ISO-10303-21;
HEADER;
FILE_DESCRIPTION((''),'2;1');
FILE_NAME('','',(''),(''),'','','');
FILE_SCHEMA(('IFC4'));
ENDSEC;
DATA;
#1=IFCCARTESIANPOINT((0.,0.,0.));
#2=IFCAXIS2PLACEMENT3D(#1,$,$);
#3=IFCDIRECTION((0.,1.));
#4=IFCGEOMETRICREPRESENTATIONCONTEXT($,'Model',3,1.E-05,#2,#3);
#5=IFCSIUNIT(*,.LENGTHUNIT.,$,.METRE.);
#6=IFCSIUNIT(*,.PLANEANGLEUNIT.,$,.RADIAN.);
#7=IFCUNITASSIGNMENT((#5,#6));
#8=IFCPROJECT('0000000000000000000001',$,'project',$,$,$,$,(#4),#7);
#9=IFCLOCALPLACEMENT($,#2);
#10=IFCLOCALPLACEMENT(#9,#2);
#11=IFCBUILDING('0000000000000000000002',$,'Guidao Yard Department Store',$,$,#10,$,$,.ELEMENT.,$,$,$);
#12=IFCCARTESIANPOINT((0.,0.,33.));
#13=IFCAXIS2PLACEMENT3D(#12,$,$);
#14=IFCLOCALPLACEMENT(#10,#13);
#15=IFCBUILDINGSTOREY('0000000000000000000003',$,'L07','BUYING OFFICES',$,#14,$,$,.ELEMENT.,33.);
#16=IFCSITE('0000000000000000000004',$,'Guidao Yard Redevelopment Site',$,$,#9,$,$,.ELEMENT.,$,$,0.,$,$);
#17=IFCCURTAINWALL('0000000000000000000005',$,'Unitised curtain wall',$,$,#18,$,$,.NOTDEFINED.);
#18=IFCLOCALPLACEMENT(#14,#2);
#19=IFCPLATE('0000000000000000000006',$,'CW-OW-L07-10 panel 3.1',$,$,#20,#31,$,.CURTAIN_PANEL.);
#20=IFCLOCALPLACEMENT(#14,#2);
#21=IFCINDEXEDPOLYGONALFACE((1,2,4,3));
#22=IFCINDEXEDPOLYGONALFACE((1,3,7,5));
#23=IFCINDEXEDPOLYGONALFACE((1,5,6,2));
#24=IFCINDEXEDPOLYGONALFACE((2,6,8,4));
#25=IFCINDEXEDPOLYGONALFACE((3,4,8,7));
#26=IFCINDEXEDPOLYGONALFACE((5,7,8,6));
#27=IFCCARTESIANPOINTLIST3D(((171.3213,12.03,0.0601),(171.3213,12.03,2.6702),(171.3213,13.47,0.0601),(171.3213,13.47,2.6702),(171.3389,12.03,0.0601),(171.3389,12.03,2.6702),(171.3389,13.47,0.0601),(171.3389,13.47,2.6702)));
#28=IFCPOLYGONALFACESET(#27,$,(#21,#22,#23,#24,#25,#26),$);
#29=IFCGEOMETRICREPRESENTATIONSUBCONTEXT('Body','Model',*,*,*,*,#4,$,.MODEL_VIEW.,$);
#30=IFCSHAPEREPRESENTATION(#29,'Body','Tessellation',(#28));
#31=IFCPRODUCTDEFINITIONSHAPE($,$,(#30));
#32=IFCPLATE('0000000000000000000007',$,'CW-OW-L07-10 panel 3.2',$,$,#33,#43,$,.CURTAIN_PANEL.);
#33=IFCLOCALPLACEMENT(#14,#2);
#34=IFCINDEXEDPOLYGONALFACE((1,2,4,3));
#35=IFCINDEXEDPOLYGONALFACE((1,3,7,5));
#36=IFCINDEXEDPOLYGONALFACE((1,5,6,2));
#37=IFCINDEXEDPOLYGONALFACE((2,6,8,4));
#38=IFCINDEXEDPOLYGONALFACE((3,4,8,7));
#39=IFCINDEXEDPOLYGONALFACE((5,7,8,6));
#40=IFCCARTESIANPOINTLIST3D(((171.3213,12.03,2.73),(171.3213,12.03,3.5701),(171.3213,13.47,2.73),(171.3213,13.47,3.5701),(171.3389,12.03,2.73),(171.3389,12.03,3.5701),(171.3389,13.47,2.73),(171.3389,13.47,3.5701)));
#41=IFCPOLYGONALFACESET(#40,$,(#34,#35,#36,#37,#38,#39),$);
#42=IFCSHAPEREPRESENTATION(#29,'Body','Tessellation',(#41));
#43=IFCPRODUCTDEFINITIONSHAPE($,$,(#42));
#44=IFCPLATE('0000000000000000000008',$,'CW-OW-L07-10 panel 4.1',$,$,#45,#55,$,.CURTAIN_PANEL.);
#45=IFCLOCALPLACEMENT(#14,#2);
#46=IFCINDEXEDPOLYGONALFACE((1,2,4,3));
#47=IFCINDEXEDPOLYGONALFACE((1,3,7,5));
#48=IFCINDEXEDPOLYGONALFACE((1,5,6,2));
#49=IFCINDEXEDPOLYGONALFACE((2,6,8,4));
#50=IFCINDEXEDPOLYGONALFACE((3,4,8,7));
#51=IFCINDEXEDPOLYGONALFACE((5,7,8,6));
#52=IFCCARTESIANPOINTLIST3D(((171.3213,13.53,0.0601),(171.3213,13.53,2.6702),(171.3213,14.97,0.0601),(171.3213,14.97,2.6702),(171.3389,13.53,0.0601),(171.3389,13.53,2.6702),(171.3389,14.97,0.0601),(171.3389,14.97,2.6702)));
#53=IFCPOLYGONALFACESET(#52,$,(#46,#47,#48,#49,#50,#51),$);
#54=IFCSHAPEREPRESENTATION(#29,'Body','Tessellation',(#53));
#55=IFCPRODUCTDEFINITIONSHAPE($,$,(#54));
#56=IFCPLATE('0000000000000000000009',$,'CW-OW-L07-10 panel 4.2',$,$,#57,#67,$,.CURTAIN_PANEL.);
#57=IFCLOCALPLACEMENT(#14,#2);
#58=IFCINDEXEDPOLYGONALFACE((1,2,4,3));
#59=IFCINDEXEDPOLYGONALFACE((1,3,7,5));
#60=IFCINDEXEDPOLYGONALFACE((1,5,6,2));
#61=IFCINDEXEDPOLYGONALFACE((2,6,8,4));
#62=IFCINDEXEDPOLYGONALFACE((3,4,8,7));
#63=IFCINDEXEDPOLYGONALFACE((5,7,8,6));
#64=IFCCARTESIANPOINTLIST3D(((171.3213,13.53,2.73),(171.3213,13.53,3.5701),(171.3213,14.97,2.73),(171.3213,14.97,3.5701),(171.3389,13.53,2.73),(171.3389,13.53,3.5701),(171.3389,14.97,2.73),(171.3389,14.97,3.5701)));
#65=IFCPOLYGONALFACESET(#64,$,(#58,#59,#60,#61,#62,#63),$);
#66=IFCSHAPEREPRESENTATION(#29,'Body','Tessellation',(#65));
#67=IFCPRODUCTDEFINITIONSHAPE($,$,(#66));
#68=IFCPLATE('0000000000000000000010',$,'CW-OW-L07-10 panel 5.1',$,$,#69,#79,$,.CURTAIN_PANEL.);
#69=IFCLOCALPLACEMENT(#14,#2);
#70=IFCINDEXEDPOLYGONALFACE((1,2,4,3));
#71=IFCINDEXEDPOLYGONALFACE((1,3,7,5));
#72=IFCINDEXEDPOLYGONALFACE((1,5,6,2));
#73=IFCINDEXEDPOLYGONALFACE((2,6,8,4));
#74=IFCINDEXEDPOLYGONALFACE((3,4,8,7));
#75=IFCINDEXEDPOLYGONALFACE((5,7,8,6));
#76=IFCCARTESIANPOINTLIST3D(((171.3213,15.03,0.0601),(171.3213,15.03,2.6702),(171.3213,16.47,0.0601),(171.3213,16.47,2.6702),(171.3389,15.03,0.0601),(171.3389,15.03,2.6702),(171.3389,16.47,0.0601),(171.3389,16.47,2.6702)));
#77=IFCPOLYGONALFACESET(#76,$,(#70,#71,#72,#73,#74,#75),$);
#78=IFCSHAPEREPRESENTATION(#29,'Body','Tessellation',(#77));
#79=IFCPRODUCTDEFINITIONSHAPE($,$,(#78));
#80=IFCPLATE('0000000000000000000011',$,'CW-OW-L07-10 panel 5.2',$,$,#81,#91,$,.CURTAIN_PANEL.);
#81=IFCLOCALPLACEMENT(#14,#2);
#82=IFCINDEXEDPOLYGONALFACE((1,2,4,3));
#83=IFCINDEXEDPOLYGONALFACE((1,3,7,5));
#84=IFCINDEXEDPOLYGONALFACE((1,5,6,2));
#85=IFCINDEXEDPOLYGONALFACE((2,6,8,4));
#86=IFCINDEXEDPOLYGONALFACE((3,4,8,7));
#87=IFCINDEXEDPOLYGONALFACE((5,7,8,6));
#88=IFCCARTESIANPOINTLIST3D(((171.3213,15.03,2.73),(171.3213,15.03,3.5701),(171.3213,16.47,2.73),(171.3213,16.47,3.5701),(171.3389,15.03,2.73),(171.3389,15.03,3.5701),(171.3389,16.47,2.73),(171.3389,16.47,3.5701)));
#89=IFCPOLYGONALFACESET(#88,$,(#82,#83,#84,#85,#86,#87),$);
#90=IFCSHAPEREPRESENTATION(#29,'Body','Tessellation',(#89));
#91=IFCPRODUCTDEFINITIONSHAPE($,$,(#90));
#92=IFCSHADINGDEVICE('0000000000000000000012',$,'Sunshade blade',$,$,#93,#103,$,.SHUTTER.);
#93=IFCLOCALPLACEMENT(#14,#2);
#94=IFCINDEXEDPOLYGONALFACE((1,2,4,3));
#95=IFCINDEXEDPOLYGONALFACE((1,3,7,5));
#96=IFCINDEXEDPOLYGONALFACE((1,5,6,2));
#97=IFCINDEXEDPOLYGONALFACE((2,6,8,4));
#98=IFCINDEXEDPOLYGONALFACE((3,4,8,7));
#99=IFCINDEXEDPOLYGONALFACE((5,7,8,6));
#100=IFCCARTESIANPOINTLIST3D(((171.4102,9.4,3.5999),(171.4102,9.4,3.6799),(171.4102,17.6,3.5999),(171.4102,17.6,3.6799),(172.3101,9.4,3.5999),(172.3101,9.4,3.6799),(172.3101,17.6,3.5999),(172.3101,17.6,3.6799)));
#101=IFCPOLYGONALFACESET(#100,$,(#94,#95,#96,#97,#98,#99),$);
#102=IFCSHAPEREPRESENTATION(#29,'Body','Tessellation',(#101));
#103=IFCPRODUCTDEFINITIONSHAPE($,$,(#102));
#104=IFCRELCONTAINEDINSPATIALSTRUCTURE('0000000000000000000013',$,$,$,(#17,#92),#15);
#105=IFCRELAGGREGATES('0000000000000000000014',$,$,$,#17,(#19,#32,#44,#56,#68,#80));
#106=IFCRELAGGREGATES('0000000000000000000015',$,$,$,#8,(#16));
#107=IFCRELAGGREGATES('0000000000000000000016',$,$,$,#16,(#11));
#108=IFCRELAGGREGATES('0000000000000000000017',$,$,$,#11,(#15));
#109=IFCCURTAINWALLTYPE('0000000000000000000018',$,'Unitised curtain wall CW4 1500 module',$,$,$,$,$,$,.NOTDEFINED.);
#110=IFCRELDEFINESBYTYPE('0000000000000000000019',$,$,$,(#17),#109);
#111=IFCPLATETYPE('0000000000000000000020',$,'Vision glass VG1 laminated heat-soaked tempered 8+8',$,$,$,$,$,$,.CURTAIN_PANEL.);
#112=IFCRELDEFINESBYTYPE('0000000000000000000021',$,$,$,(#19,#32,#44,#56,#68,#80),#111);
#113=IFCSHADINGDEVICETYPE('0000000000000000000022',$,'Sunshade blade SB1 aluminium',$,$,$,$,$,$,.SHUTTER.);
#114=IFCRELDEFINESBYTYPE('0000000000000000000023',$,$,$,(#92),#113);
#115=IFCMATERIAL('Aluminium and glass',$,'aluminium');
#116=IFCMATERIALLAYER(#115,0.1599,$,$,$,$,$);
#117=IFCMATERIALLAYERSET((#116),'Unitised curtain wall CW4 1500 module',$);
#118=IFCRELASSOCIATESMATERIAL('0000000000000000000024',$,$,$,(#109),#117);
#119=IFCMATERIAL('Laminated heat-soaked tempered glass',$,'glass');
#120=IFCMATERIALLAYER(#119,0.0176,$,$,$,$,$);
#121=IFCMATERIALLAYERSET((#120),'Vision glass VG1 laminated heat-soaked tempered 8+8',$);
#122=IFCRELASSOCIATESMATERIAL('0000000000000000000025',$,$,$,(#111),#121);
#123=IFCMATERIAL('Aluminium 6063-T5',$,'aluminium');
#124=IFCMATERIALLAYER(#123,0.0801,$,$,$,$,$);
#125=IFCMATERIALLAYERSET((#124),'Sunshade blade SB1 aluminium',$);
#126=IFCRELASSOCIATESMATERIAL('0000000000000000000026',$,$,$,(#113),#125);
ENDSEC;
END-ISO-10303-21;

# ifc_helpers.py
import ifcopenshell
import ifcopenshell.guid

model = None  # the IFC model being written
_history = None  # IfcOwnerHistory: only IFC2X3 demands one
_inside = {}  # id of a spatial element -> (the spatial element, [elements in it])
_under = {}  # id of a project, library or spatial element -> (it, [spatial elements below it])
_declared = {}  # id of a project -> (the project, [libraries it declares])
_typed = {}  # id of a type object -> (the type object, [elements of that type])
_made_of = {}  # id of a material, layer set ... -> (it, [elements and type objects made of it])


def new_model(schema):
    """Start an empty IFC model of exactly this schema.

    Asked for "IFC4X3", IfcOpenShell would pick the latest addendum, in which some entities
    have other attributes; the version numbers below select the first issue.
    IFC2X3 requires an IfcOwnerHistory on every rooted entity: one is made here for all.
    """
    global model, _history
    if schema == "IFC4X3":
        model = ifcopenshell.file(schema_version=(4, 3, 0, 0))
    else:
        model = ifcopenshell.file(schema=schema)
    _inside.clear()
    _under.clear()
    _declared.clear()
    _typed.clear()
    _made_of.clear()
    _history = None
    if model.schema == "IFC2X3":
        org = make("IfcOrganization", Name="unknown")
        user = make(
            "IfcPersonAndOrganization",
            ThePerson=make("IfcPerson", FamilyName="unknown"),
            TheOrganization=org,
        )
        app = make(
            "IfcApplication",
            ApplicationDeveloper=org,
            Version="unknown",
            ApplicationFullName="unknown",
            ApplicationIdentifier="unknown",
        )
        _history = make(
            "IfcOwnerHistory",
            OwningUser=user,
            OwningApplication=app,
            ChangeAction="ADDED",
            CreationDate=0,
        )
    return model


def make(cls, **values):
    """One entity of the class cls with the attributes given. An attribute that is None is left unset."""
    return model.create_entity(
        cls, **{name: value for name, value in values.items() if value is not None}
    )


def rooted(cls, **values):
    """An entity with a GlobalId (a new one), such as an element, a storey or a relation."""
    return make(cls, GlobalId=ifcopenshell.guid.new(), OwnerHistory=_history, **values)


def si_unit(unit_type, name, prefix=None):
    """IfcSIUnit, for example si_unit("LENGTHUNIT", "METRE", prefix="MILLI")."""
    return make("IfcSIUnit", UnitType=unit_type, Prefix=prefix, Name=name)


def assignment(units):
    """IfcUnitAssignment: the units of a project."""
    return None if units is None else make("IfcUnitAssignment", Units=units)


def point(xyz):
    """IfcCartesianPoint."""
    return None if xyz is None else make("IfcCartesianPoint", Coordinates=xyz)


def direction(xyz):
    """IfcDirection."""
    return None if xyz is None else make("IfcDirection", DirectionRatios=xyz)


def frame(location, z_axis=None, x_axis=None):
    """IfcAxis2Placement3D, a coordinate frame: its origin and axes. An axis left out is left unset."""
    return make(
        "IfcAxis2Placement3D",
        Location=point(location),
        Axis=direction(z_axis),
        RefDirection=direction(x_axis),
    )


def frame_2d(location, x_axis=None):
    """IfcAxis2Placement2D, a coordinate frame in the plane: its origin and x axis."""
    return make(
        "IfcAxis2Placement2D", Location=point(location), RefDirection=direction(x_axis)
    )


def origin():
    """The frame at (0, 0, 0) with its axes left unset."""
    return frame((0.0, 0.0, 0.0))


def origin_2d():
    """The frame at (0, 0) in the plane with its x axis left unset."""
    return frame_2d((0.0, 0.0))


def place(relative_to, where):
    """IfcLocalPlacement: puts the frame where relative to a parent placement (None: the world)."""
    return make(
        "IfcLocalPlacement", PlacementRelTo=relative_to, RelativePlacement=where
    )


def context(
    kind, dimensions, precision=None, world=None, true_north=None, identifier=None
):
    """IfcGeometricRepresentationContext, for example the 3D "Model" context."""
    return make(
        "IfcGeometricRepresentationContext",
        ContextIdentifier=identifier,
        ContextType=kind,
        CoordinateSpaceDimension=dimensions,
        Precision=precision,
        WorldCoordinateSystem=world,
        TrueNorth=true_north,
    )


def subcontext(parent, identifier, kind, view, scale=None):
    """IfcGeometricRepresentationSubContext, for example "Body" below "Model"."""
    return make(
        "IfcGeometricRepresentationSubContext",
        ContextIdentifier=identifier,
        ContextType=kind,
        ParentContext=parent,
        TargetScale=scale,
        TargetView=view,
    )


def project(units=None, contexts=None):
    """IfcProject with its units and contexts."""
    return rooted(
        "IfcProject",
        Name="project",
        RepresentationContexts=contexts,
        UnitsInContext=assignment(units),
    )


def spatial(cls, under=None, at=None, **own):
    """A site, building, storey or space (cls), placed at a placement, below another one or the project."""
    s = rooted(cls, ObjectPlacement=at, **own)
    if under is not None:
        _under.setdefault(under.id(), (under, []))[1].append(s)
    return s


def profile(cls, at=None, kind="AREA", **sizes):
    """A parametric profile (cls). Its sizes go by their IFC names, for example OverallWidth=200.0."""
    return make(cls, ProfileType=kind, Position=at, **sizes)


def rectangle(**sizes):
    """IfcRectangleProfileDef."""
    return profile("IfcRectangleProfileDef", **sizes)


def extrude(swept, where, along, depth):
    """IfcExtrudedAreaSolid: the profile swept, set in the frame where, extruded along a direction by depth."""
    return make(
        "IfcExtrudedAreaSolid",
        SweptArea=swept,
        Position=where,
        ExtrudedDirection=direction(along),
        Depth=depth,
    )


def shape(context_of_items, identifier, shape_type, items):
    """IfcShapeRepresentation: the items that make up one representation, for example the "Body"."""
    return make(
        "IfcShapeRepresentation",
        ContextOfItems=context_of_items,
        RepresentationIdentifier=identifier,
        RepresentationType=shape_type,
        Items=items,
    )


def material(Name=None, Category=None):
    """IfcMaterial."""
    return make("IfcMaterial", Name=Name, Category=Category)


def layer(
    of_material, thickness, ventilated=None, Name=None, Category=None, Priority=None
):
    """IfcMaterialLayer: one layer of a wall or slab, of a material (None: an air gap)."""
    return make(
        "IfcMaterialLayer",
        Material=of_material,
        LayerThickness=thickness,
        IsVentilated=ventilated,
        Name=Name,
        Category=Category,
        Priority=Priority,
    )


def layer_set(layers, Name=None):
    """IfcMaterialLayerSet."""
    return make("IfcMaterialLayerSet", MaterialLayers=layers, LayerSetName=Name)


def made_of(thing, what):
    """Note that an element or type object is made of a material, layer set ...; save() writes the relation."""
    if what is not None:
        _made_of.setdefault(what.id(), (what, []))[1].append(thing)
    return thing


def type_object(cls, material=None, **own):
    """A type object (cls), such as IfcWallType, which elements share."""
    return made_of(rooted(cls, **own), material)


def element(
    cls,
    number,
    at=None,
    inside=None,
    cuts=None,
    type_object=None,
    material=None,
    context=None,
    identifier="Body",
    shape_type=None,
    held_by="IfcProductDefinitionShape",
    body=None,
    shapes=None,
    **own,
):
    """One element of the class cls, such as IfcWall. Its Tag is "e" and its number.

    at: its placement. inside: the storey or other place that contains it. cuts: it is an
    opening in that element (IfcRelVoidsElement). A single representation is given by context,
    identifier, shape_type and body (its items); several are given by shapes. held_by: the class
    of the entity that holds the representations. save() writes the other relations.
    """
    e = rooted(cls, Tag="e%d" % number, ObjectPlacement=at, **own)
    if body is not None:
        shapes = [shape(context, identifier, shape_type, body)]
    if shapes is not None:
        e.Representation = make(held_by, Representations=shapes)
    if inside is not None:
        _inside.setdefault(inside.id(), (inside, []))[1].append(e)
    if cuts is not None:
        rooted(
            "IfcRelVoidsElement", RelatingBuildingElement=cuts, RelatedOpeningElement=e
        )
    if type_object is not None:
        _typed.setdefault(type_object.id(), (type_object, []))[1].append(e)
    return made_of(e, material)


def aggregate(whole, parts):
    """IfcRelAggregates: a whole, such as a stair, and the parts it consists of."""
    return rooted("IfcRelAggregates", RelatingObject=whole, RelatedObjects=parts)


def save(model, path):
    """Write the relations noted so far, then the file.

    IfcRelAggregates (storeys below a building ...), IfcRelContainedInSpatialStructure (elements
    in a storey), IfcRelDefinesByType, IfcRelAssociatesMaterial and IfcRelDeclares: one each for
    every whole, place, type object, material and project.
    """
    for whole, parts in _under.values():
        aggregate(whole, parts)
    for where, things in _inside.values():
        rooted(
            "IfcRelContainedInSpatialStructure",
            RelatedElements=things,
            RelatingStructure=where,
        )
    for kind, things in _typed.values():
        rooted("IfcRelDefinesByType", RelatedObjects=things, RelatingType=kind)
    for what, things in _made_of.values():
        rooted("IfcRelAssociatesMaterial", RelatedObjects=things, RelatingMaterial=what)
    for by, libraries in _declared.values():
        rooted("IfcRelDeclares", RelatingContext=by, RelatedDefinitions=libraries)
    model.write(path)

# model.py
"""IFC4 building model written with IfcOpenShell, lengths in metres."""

from ifc_helpers import new_model, si_unit, direction, frame, origin, origin_2d, place, context, subcontext, project, spatial, rectangle, extrude, material, layer, layer_set, type_object, element, aggregate, save


model = new_model("IFC4")

# Units and contexts
model_context = context("Model", 3, precision=1e-05, world=origin(), true_north=direction((0.0, 1.0)))
body_context = subcontext(model_context, "Body", "Model", "MODEL_VIEW")
ifc_project = project(units=[si_unit("LENGTHUNIT", "METRE"), si_unit("PLANEANGLEUNIT", "RADIAN")], contexts=[model_context])

# Site, building, storey
site_placement = place(None, origin())
site = spatial("IfcSite", under=ifc_project, at=site_placement, Name="Guidao Yard Redevelopment Site", CompositionType="ELEMENT", RefElevation=0.0)
building_placement = place(site_placement, origin())
building = spatial("IfcBuilding", under=site, at=building_placement, Name="Guidao Yard Department Store", CompositionType="ELEMENT")
storey_placement = place(building_placement, frame((0.0, 0.0, 33.0)))
storey = spatial("IfcBuildingStorey", under=building, at=storey_placement, Name="L07", Description="BUYING OFFICES", CompositionType="ELEMENT", Elevation=33.0)

# Curtain wall, plates
ifc_material_1 = material(Name="Aluminium and glass", Category="aluminium")
ifc_layer_1 = layer(ifc_material_1, 0.1599)
ifc_layer_set_1 = layer_set([ifc_layer_1], Name="Unitised curtain wall CW4 1500 module")
curtain_wall_type = type_object("IfcCurtainWallType", Name="Unitised curtain wall CW4 1500 module", PredefinedType="NOTDEFINED", material=ifc_layer_set_1)
curtain_wall_placement = place(storey_placement, origin())
curtain_wall = element("IfcCurtainWall", 1, at=curtain_wall_placement, inside=storey, type_object=curtain_wall_type, Name="Unitised curtain wall", PredefinedType="NOTDEFINED")
ifc_material_2 = material(Name="Laminated heat-soaked tempered glass", Category="glass")
ifc_layer_2 = layer(ifc_material_2, 0.0176)
ifc_layer_set_2 = layer_set([ifc_layer_2], Name="Vision glass VG1 laminated heat-soaked tempered 8+8")
plate_type_1 = type_object("IfcPlateType", Name="Vision glass VG1 laminated heat-soaked tempered 8+8", PredefinedType="CURTAIN_PANEL", material=ifc_layer_set_2)
plate_1_placement = place(storey_placement, frame((171.3301, 12.75, 0.0601), z_axis=(0.0, 0.0, 1.0), x_axis=(0.0, -1.0, 0.0)))
plate_1 = element("IfcPlate", 2, at=plate_1_placement, type_object=plate_type_1, Name="CW-OW-L07-10 panel 3.1", PredefinedType="CURTAIN_PANEL", context=body_context, shape_type="SweptSolid", body=[
    extrude(rectangle(XDim=1.4399, YDim=0.0176, at=origin_2d()), origin(), (0.0, 0.0, 1.0), 2.6101),
])
plate_2_placement = place(storey_placement, frame((171.3301, 12.75, 2.73), z_axis=(0.0, 0.0, 1.0), x_axis=(0.0, -1.0, 0.0)))
plate_2 = element("IfcPlate", 3, at=plate_2_placement, type_object=plate_type_1, Name="CW-OW-L07-10 panel 3.2", PredefinedType="CURTAIN_PANEL", context=body_context, shape_type="SweptSolid", body=[
    extrude(rectangle(XDim=1.4399, YDim=0.0176, at=origin_2d()), origin(), (0.0, 0.0, 1.0), 0.8401),
])
plate_3_placement = place(storey_placement, frame((171.3301, 14.25, 0.0601), z_axis=(0.0, 0.0, 1.0), x_axis=(0.0, -1.0, 0.0)))
plate_3 = element("IfcPlate", 4, at=plate_3_placement, type_object=plate_type_1, Name="CW-OW-L07-10 panel 4.1", PredefinedType="CURTAIN_PANEL", context=body_context, shape_type="SweptSolid", body=[
    extrude(rectangle(XDim=1.4399, YDim=0.0176, at=origin_2d()), origin(), (0.0, 0.0, 1.0), 2.6101),
])
plate_4_placement = place(storey_placement, frame((171.3301, 14.25, 2.73), z_axis=(0.0, 0.0, 1.0), x_axis=(0.0, -1.0, 0.0)))
plate_4 = element("IfcPlate", 5, at=plate_4_placement, type_object=plate_type_1, Name="CW-OW-L07-10 panel 4.2", PredefinedType="CURTAIN_PANEL", context=body_context, shape_type="SweptSolid", body=[
    extrude(rectangle(XDim=1.4399, YDim=0.0176, at=origin_2d()), origin(), (0.0, 0.0, 1.0), 0.8401),
])
plate_5_placement = place(storey_placement, frame((171.3301, 15.75, 0.0601), z_axis=(0.0, 0.0, 1.0), x_axis=(0.0, -1.0, 0.0)))
plate_5 = element("IfcPlate", 6, at=plate_5_placement, type_object=plate_type_1, Name="CW-OW-L07-10 panel 5.1", PredefinedType="CURTAIN_PANEL", context=body_context, shape_type="SweptSolid", body=[
    extrude(rectangle(XDim=1.4399, YDim=0.0176, at=origin_2d()), origin(), (0.0, 0.0, 1.0), 2.6101),
])
plate_6_placement = place(storey_placement, frame((171.3301, 15.75, 2.73), z_axis=(0.0, 0.0, 1.0), x_axis=(0.0, -1.0, 0.0)))
plate_6 = element("IfcPlate", 7, at=plate_6_placement, type_object=plate_type_1, Name="CW-OW-L07-10 panel 5.2", PredefinedType="CURTAIN_PANEL", context=body_context, shape_type="SweptSolid", body=[
    extrude(rectangle(XDim=1.4399, YDim=0.0176, at=origin_2d()), origin(), (0.0, 0.0, 1.0), 0.8401),
])
aggregate(curtain_wall, [plate_1, plate_2, plate_3, plate_4, plate_5, plate_6])

# Shading device
ifc_material_3 = material(Name="Aluminium 6063-T5", Category="aluminium")
ifc_layer_3 = layer(ifc_material_3, 0.0801)
ifc_layer_set_3 = layer_set([ifc_layer_3], Name="Sunshade blade SB1 aluminium")
shading_device_type = type_object("IfcShadingDeviceType", Name="Sunshade blade SB1 aluminium", PredefinedType="SHUTTER", material=ifc_layer_set_3)
shading_device_placement = place(storey_placement, frame((171.8601, 13.5, 3.5999), z_axis=(0.0, 0.0, 1.0), x_axis=(0.0, -1.0, 0.0)))
element("IfcShadingDevice", 8, at=shading_device_placement, inside=storey, type_object=shading_device_type, Name="Sunshade blade", PredefinedType="SHUTTER", context=body_context, shape_type="SweptSolid", body=[
    extrude(rectangle(XDim=8.2, YDim=0.8999, at=origin_2d()), origin(), (0.0, 0.0, 1.0), 0.0801),
])

save(model, "model.ifc")
